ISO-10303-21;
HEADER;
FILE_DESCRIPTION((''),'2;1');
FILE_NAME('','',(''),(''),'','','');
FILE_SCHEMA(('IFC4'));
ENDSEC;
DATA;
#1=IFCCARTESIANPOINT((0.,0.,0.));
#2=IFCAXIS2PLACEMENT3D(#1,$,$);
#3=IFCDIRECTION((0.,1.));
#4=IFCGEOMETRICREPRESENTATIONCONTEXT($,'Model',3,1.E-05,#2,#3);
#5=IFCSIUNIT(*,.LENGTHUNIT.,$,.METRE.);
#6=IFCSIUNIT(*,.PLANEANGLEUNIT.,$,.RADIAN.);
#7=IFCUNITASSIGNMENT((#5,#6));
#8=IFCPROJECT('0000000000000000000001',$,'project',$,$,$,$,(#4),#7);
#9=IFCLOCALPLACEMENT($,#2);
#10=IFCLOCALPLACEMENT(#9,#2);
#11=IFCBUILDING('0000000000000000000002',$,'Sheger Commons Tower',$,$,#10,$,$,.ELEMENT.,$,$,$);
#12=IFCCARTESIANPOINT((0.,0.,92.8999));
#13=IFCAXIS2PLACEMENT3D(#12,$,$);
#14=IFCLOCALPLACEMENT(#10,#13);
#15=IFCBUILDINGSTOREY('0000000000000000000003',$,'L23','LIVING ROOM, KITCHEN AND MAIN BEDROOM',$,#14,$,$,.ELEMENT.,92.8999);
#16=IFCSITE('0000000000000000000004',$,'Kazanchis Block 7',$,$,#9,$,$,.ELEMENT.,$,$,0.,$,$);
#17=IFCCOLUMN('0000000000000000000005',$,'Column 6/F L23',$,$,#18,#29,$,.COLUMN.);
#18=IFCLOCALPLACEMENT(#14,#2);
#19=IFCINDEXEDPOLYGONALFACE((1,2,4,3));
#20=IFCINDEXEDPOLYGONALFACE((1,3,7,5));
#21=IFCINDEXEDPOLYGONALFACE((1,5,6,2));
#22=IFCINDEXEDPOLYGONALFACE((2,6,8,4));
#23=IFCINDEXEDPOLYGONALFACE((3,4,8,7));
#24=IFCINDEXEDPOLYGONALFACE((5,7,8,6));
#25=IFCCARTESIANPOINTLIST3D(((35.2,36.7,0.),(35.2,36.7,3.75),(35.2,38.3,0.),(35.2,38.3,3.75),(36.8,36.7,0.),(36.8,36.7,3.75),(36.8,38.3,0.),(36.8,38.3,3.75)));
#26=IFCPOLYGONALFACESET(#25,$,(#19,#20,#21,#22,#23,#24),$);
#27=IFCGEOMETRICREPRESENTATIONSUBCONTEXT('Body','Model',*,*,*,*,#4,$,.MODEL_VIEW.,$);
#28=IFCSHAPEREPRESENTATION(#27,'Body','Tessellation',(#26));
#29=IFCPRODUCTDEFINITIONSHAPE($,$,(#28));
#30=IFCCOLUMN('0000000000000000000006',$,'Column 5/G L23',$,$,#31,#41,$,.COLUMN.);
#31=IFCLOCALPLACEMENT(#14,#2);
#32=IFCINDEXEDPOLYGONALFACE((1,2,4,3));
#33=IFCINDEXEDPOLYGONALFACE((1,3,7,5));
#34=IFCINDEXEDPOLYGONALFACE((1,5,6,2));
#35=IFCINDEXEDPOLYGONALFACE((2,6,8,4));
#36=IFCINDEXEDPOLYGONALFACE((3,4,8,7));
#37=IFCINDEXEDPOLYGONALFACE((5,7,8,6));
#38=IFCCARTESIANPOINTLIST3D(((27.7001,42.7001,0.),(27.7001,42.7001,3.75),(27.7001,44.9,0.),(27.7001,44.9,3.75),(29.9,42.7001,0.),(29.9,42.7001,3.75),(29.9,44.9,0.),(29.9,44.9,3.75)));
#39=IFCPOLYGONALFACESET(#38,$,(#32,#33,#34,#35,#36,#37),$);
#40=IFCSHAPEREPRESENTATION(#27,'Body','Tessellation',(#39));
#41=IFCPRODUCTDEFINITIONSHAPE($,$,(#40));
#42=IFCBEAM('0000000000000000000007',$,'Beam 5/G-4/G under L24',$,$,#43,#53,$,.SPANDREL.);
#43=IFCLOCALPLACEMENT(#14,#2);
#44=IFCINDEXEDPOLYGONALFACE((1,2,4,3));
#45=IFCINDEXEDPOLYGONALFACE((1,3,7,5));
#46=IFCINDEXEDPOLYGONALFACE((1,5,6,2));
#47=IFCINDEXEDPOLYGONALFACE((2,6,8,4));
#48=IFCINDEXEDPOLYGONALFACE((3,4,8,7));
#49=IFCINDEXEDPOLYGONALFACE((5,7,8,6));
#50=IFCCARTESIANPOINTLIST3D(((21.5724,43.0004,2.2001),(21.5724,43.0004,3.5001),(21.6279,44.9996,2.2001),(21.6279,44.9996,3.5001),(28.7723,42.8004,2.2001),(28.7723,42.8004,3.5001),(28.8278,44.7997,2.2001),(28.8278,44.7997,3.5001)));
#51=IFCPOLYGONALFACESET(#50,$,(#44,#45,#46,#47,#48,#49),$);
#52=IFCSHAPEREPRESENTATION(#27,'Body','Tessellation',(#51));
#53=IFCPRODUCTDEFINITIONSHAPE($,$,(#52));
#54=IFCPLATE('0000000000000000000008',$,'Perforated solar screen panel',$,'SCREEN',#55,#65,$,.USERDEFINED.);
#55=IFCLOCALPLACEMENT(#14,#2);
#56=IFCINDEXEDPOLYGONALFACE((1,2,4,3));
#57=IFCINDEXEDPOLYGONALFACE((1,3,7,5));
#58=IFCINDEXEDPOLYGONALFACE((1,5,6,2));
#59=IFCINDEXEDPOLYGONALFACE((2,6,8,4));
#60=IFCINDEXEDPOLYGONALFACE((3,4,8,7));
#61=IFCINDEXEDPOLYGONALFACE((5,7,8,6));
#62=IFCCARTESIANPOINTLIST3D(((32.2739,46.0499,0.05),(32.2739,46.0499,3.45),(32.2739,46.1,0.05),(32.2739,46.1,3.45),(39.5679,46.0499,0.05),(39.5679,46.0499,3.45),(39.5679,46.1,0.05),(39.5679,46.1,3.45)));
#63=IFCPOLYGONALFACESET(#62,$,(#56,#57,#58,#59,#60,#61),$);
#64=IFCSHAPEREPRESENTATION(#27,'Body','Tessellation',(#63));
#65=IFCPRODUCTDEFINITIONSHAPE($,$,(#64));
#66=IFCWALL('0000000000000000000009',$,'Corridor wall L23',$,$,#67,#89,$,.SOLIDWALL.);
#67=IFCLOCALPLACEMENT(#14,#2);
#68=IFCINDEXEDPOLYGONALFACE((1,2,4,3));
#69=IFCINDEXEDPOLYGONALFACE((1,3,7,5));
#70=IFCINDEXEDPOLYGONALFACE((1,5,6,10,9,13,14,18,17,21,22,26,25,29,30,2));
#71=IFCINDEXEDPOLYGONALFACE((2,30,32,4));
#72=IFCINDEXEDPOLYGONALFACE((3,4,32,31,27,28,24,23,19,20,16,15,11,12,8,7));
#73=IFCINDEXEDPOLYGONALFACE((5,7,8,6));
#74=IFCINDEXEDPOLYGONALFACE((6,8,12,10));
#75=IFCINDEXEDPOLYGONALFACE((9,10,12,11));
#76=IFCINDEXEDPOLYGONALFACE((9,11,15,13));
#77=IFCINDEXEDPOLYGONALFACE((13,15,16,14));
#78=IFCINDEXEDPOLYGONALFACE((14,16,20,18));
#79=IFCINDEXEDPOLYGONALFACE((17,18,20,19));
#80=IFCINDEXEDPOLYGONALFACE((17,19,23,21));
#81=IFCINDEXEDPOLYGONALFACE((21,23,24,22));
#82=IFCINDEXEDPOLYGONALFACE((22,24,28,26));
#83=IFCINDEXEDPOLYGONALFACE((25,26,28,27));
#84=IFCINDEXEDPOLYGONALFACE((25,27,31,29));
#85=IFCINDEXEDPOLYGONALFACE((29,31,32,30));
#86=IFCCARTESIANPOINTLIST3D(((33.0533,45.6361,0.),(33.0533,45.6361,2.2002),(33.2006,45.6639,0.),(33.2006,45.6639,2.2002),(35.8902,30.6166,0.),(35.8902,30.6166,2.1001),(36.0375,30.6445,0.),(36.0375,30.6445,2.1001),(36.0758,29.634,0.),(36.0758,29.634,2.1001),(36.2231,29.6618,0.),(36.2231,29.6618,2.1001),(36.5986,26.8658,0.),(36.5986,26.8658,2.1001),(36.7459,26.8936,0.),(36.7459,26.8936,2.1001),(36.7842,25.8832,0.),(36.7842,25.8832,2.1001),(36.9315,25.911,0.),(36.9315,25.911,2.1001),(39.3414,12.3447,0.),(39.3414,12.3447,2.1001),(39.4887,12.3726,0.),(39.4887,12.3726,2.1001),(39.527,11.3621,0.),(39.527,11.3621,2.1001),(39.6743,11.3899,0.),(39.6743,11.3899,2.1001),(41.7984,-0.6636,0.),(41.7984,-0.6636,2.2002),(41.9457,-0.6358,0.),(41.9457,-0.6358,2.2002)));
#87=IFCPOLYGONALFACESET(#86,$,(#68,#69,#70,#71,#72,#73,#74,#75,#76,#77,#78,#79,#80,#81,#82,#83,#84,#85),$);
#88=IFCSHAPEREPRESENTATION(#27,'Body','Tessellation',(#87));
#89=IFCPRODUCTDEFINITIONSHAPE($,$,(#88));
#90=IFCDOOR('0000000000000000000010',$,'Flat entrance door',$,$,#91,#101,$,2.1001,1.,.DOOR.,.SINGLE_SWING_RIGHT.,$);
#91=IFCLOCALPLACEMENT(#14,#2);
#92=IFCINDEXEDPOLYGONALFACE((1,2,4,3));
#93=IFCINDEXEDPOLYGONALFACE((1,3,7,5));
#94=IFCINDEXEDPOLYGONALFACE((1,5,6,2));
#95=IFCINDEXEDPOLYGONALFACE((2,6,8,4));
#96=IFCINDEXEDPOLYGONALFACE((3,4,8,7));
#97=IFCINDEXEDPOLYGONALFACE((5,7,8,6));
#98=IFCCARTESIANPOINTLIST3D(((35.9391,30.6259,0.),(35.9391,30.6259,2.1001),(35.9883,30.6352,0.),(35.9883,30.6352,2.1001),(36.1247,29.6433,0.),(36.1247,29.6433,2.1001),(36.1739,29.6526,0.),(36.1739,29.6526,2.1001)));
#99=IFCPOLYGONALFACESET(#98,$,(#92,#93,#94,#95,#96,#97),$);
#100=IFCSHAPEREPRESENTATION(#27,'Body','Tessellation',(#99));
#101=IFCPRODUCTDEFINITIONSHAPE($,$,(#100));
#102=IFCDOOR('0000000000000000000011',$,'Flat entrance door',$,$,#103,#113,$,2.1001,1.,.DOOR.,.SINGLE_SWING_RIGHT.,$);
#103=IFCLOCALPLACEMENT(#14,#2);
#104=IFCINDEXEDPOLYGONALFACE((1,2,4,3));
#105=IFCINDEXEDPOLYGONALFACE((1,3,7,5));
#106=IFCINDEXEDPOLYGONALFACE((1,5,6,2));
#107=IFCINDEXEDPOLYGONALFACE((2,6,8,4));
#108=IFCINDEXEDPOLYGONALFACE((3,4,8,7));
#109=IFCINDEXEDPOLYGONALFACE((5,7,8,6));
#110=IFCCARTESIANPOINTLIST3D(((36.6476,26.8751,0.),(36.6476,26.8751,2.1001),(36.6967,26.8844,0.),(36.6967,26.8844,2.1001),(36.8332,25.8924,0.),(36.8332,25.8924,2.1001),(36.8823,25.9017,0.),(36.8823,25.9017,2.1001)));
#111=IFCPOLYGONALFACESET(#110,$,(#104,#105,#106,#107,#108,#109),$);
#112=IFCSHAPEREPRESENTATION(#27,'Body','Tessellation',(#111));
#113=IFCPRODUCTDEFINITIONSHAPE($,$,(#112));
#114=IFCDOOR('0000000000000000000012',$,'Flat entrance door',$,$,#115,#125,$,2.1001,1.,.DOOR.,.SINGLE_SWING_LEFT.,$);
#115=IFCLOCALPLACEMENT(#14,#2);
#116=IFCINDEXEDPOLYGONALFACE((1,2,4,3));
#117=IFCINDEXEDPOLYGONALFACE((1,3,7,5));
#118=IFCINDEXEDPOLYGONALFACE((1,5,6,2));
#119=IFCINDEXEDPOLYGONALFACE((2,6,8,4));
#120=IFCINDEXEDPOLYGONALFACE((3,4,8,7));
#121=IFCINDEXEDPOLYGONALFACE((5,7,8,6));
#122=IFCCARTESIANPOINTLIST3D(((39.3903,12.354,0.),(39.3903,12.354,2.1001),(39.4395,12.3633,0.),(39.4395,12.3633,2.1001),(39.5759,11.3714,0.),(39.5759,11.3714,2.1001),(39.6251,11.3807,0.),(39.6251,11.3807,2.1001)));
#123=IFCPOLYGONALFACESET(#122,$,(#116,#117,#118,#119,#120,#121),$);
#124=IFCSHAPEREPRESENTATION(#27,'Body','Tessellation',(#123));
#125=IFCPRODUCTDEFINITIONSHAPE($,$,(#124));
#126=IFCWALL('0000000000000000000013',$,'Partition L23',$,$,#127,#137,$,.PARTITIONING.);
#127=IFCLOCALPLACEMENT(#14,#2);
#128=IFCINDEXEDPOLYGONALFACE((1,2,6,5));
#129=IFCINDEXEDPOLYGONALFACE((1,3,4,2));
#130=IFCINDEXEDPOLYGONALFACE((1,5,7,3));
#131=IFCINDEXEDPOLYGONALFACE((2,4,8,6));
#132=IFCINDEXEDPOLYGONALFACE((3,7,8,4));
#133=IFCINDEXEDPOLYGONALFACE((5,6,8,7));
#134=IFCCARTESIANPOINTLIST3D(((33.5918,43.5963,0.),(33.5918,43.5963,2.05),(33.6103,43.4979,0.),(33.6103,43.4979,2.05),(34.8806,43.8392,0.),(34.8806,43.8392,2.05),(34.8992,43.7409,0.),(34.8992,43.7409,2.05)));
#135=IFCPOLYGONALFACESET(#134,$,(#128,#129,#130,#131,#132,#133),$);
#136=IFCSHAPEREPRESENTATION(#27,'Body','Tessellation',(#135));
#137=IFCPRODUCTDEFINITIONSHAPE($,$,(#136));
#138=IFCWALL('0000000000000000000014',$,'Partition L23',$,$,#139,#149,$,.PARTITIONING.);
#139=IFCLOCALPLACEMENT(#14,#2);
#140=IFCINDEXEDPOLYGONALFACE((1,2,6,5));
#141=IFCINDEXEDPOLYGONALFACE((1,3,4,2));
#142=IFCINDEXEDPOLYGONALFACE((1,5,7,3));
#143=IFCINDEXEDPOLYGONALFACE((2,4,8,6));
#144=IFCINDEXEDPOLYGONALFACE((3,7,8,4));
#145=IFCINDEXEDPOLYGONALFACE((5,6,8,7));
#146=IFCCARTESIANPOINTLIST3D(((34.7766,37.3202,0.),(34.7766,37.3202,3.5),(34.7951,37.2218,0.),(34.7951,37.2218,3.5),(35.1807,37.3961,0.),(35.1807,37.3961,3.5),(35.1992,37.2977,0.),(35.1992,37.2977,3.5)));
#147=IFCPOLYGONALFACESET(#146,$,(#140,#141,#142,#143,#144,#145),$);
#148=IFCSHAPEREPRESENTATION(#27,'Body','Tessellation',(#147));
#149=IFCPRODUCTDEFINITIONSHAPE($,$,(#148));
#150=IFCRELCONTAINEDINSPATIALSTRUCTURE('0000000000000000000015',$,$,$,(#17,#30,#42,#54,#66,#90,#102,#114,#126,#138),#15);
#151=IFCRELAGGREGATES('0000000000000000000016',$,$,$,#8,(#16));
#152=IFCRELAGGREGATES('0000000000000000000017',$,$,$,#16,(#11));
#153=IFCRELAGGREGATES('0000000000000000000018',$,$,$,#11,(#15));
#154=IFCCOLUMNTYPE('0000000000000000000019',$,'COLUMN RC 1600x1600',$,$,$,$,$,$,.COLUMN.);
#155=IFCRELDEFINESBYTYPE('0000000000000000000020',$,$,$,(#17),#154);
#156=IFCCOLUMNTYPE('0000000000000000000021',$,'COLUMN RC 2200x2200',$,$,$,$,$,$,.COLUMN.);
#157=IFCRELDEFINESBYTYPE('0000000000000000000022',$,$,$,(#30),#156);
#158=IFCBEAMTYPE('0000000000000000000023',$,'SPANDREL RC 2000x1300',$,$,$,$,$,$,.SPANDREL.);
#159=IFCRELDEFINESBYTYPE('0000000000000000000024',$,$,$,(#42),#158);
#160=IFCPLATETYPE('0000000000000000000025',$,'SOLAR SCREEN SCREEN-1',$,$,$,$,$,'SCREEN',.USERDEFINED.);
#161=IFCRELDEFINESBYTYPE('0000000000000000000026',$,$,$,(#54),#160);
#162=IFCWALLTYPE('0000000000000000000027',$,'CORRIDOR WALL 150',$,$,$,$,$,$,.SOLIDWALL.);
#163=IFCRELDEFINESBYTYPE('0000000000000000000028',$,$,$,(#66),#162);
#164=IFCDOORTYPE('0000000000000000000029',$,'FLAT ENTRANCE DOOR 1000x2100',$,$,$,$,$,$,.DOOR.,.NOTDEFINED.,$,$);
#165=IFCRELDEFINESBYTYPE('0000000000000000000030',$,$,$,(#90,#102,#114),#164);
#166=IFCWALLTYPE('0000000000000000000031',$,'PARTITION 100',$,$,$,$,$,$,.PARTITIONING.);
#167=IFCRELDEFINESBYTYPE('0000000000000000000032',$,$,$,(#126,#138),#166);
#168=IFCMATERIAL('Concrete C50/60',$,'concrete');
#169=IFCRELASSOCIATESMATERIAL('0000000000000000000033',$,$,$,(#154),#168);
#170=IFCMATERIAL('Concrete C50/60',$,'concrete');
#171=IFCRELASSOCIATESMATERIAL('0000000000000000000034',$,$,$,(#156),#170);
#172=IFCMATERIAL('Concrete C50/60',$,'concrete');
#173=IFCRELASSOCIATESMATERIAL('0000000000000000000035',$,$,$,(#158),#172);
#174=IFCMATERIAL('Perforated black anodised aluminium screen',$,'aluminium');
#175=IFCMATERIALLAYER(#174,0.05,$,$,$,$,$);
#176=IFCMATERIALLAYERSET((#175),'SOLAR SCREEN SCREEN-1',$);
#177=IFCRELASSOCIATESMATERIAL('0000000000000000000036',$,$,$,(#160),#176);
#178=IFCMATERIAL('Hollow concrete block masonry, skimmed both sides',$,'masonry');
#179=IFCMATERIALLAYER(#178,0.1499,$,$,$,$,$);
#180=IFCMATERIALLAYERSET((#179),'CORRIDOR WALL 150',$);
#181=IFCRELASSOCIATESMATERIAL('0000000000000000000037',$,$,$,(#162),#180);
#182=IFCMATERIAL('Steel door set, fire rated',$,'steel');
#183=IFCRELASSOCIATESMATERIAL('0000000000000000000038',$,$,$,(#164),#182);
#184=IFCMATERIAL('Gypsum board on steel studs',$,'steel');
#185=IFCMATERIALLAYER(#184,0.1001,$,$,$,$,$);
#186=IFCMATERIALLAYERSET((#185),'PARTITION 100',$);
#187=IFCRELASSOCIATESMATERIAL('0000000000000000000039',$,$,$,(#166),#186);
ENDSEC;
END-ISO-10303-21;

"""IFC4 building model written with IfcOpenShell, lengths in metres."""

from ifc_helpers import new_model, si_unit, direction, frame, frame_2d, origin, origin_2d, place, context, subcontext, project, spatial, rectangle, extrude, material, layer, layer_set, material_profile, profile_set, type_object, element, fill, save


model = new_model("IFC4")

# Units and contexts
model_context = context("Model", 3, precision=1e-05, world=origin(), true_north=direction((0.0, 1.0)))
body_context = subcontext(model_context, "Body", "Model", "MODEL_VIEW")
ifc_project = project(units=[si_unit("LENGTHUNIT", "METRE"), si_unit("PLANEANGLEUNIT", "RADIAN")], contexts=[model_context])

# Site, building, storey
site_placement = place(None, origin())
site = spatial("IfcSite", under=ifc_project, at=site_placement, Name="Kazanchis Block 7", CompositionType="ELEMENT", RefElevation=0.0)
building_placement = place(site_placement, origin())
building = spatial("IfcBuilding", under=site, at=building_placement, Name="Sheger Commons Tower", CompositionType="ELEMENT")
storey_placement = place(building_placement, frame((0.0, 0.0, 92.8999)))
storey = spatial("IfcBuildingStorey", under=building, at=storey_placement, Name="L23", Description="LIVING ROOM, KITCHEN AND MAIN BEDROOM", CompositionType="ELEMENT", Elevation=92.8999)

# Columns
ifc_material_1 = material(Name="Concrete C50/60", Category="concrete")
ifc_material_profile_1 = material_profile(ifc_material_1, rectangle(XDim=1.6001, YDim=1.6001, at=origin_2d()), Name="RC 1600x1600")
ifc_profile_set_1 = profile_set([ifc_material_profile_1], Name="Concrete C50/60")
column_type_1 = type_object("IfcColumnType", Name="COLUMN RC 1600x1600", PredefinedType="COLUMN", material=ifc_profile_set_1)
column_1_placement = place(storey_placement, frame((36.0, 37.5, 0.0), z_axis=(0.0, 0.0, 1.0), x_axis=(1.0, 0.0, 0.0)))
element("IfcColumn", 1, at=column_1_placement, inside=storey, type_object=column_type_1, Name="Column 6/F L23", PredefinedType="COLUMN", context=body_context, shape_type="SweptSolid", body=[
    extrude(rectangle(XDim=1.6001, YDim=1.6001, at=origin_2d()), origin(), (0.0, 0.0, 1.0), 3.75),
])
ifc_material_2 = material(Name="Concrete C50/60", Category="concrete")
ifc_material_profile_2 = material_profile(ifc_material_2, rectangle(XDim=2.2, YDim=2.2, at=origin_2d()), Name="RC 2200x2200")
ifc_profile_set_2 = profile_set([ifc_material_profile_2], Name="Concrete C50/60")
column_type_2 = type_object("IfcColumnType", Name="COLUMN RC 2200x2200", PredefinedType="COLUMN", material=ifc_profile_set_2)
column_2_placement = place(storey_placement, frame((28.8, 43.8, 0.0), z_axis=(0.0, 0.0, 1.0), x_axis=(1.0, 0.0, 0.0)))
element("IfcColumn", 2, at=column_2_placement, inside=storey, type_object=column_type_2, Name="Column 5/G L23", PredefinedType="COLUMN", context=body_context, shape_type="SweptSolid", body=[
    extrude(rectangle(XDim=2.2, YDim=2.2, at=origin_2d()), origin(), (0.0, 0.0, 1.0), 3.75),
])

# Beam
ifc_material_3 = material(Name="Concrete C50/60", Category="concrete")
ifc_material_profile_3 = material_profile(ifc_material_3, rectangle(XDim=2.0, YDim=1.3, at=origin_2d()), Name="RC 2000x1300")
ifc_profile_set_3 = profile_set([ifc_material_profile_3], Name="Concrete C50/60")
beam_type = type_object("IfcBeamType", Name="SPANDREL RC 2000x1300", PredefinedType="SPANDREL", material=ifc_profile_set_3)
beam_placement = place(storey_placement, frame((28.8, 43.8, 2.8501), z_axis=(-0.999615, 0.02776, 0.0), x_axis=(-0.02776, -0.999615, 0.0)))
element("IfcBeam", 3, at=beam_placement, inside=storey, type_object=beam_type, Name="Beam 5/G-4/G under L24", PredefinedType="SPANDREL", context=body_context, shape_type="SweptSolid", body=[
    extrude(rectangle(XDim=2.0, YDim=1.3, at=origin_2d()), origin(), (0.0, 0.0, 1.0), 7.2026),
])

# Plate
ifc_material_4 = material(Name="Perforated black anodised aluminium screen", Category="aluminium")
ifc_layer_1 = layer(ifc_material_4, 0.05)
ifc_layer_set_1 = layer_set([ifc_layer_1], Name="SOLAR SCREEN SCREEN-1")
plate_type = type_object("IfcPlateType", Name="SOLAR SCREEN SCREEN-1", ElementType="SCREEN", PredefinedType="USERDEFINED", material=ifc_layer_set_1)
plate_placement = place(storey_placement, frame((35.9209, 46.075, 0.05), z_axis=(0.0, 0.0, 1.0), x_axis=(-1.0, 0.0, 0.0)))
element("IfcPlate", 4, at=plate_placement, inside=storey, type_object=plate_type, Name="Perforated solar screen panel", ObjectType="SCREEN", PredefinedType="USERDEFINED", context=body_context, shape_type="SweptSolid", body=[
    extrude(rectangle(XDim=7.2939, YDim=0.05, at=origin_2d()), origin(), (0.0, 0.0, 1.0), 3.3999),
])

# Wall, openings, doors
ifc_material_5 = material(Name="Hollow concrete block masonry, skimmed both sides", Category="masonry")
ifc_layer_2 = layer(ifc_material_5, 0.1499)
ifc_layer_set_2 = layer_set([ifc_layer_2], Name="CORRIDOR WALL 150")
wall_type_1 = type_object("IfcWallType", Name="CORRIDOR WALL 150", PredefinedType="SOLIDWALL", material=ifc_layer_set_2)
wall_1_placement = place(storey_placement, frame((33.127, 45.6499, 0.0), z_axis=(0.0, 0.0, 1.0), x_axis=(0.185599, -0.982626, 0.0)))
wall_1 = element("IfcWall", 5, at=wall_1_placement, inside=storey, type_object=wall_type_1, Name="Corridor wall L23", PredefinedType="SOLIDWALL", context=body_context, shape_type="SweptSolid", body=[
    extrude(rectangle(XDim=47.1184, YDim=0.1499, at=frame_2d((23.5591, 0.0))), origin(), (0.0, 0.0, 1.0), 2.2002),
])
opening_1_placement = place(wall_1_placement, frame((15.2849, 0.0, 0.0)))
opening_1 = element("IfcOpeningElement", 6, at=opening_1_placement, cuts=wall_1, PredefinedType="OPENING", context=body_context, shape_type="SweptSolid", body=[
    extrude(rectangle(XDim=1.0, YDim=2.1001, at=frame_2d((0.5, 1.05))), frame((0.0, 0.085, 0.0), z_axis=(0.0, -1.0, 0.0), x_axis=(1.0, 0.0, 0.0)), (0.0, 0.0, 1.0), 0.1699),
])
opening_2_placement = place(wall_1_placement, frame((19.1021, 0.0, 0.0)))
opening_2 = element("IfcOpeningElement", 7, at=opening_2_placement, cuts=wall_1, PredefinedType="OPENING", context=body_context, shape_type="SweptSolid", body=[
    extrude(rectangle(XDim=1.0, YDim=2.1001, at=frame_2d((0.5, 1.05))), frame((0.0, 0.085, 0.0), z_axis=(0.0, -1.0, 0.0), x_axis=(1.0, 0.0, 0.0)), (0.0, 0.0, 1.0), 0.1699),
])
opening_3_placement = place(wall_1_placement, frame((33.8799, 0.0, 0.0)))
opening_3 = element("IfcOpeningElement", 8, at=opening_3_placement, cuts=wall_1, PredefinedType="OPENING", context=body_context, shape_type="SweptSolid", body=[
    extrude(rectangle(XDim=1.0, YDim=2.1001, at=frame_2d((0.5, 1.05))), frame((0.0, 0.085, 0.0), z_axis=(0.0, -1.0, 0.0), x_axis=(1.0, 0.0, 0.0)), (0.0, 0.0, 1.0), 0.1699),
])
ifc_material_6 = material(Name="Steel door set, fire rated", Category="steel")
door_type_1 = type_object("IfcDoorType", Name="FLAT ENTRANCE DOOR 1000x2100", OperationType="NOTDEFINED", PredefinedType="DOOR", material=ifc_material_6)
door_1_placement = place(opening_1_placement, origin())
door_1 = element("IfcDoor", 9, at=door_1_placement, inside=storey, type_object=door_type_1, Name="Flat entrance door", OperationType="SINGLE_SWING_RIGHT", OverallHeight=2.1001, OverallWidth=1.0, PredefinedType="DOOR", context=body_context, shape_type="SweptSolid", body=[
    extrude(rectangle(XDim=1.0, YDim=2.1001, at=frame_2d((0.5, 1.05))), frame((0.0, 0.0249, 0.0), z_axis=(0.0, -1.0, 0.0), x_axis=(1.0, 0.0, 0.0)), (0.0, 0.0, 1.0), 0.05),
])
fill(opening_1, door_1)
door_2_placement = place(opening_2_placement, origin())
door_2 = element("IfcDoor", 10, at=door_2_placement, inside=storey, type_object=door_type_1, Name="Flat entrance door", OperationType="SINGLE_SWING_RIGHT", OverallHeight=2.1001, OverallWidth=1.0, PredefinedType="DOOR", context=body_context, shape_type="SweptSolid", body=[
    extrude(rectangle(XDim=1.0, YDim=2.1001, at=frame_2d((0.5, 1.05))), frame((0.0, 0.0249, 0.0), z_axis=(0.0, -1.0, 0.0), x_axis=(1.0, 0.0, 0.0)), (0.0, 0.0, 1.0), 0.05),
])
fill(opening_2, door_2)
door_3_placement = place(opening_3_placement, origin())
door_3 = element("IfcDoor", 11, at=door_3_placement, inside=storey, type_object=door_type_1, Name="Flat entrance door", OperationType="SINGLE_SWING_LEFT", OverallHeight=2.1001, OverallWidth=1.0, PredefinedType="DOOR", context=body_context, shape_type="SweptSolid", body=[
    extrude(rectangle(XDim=1.0, YDim=2.1001, at=frame_2d((0.5, 1.05))), frame((0.0, 0.0249, 0.0), z_axis=(0.0, -1.0, 0.0), x_axis=(1.0, 0.0, 0.0)), (0.0, 0.0, 1.0), 0.05),
])
fill(opening_3, door_3)

# Walls
ifc_material_7 = material(Name="Gypsum board on steel studs", Category="steel")
ifc_layer_3 = layer(ifc_material_7, 0.1001)
ifc_layer_set_3 = layer_set([ifc_layer_3], Name="PARTITION 100")
wall_type_2 = type_object("IfcWallType", Name="PARTITION 100", PredefinedType="PARTITIONING", material=ifc_layer_set_3)
wall_2_placement = place(storey_placement, frame((34.8899, 43.79, 0.0), z_axis=(0.0, 0.0, 1.0), x_axis=(-0.982697, -0.185221, 0.0)))
element("IfcWall", 12, at=wall_2_placement, inside=storey, type_object=wall_type_2, Name="Partition L23", PredefinedType="PARTITIONING", context=body_context, shape_type="SweptSolid", body=[
    extrude(rectangle(XDim=1.3115, YDim=0.1001, at=frame_2d((0.6558, 0.0))), origin(), (0.0, 0.0, 1.0), 2.05),
])
wall_3_placement = place(storey_placement, frame((35.1899, 37.3469, 0.0), z_axis=(0.0, 0.0, 1.0), x_axis=(-0.982798, -0.184683, 0.0)))
element("IfcWall", 13, at=wall_3_placement, inside=storey, type_object=wall_type_2, Name="Partition L23", PredefinedType="PARTITIONING", context=body_context, shape_type="SweptSolid", body=[
    extrude(rectangle(XDim=0.4111, YDim=0.1001, at=frame_2d((0.2056, 0.0))), origin(), (0.0, 0.0, 1.0), 3.5),
])

save(model, "model.ifc")
